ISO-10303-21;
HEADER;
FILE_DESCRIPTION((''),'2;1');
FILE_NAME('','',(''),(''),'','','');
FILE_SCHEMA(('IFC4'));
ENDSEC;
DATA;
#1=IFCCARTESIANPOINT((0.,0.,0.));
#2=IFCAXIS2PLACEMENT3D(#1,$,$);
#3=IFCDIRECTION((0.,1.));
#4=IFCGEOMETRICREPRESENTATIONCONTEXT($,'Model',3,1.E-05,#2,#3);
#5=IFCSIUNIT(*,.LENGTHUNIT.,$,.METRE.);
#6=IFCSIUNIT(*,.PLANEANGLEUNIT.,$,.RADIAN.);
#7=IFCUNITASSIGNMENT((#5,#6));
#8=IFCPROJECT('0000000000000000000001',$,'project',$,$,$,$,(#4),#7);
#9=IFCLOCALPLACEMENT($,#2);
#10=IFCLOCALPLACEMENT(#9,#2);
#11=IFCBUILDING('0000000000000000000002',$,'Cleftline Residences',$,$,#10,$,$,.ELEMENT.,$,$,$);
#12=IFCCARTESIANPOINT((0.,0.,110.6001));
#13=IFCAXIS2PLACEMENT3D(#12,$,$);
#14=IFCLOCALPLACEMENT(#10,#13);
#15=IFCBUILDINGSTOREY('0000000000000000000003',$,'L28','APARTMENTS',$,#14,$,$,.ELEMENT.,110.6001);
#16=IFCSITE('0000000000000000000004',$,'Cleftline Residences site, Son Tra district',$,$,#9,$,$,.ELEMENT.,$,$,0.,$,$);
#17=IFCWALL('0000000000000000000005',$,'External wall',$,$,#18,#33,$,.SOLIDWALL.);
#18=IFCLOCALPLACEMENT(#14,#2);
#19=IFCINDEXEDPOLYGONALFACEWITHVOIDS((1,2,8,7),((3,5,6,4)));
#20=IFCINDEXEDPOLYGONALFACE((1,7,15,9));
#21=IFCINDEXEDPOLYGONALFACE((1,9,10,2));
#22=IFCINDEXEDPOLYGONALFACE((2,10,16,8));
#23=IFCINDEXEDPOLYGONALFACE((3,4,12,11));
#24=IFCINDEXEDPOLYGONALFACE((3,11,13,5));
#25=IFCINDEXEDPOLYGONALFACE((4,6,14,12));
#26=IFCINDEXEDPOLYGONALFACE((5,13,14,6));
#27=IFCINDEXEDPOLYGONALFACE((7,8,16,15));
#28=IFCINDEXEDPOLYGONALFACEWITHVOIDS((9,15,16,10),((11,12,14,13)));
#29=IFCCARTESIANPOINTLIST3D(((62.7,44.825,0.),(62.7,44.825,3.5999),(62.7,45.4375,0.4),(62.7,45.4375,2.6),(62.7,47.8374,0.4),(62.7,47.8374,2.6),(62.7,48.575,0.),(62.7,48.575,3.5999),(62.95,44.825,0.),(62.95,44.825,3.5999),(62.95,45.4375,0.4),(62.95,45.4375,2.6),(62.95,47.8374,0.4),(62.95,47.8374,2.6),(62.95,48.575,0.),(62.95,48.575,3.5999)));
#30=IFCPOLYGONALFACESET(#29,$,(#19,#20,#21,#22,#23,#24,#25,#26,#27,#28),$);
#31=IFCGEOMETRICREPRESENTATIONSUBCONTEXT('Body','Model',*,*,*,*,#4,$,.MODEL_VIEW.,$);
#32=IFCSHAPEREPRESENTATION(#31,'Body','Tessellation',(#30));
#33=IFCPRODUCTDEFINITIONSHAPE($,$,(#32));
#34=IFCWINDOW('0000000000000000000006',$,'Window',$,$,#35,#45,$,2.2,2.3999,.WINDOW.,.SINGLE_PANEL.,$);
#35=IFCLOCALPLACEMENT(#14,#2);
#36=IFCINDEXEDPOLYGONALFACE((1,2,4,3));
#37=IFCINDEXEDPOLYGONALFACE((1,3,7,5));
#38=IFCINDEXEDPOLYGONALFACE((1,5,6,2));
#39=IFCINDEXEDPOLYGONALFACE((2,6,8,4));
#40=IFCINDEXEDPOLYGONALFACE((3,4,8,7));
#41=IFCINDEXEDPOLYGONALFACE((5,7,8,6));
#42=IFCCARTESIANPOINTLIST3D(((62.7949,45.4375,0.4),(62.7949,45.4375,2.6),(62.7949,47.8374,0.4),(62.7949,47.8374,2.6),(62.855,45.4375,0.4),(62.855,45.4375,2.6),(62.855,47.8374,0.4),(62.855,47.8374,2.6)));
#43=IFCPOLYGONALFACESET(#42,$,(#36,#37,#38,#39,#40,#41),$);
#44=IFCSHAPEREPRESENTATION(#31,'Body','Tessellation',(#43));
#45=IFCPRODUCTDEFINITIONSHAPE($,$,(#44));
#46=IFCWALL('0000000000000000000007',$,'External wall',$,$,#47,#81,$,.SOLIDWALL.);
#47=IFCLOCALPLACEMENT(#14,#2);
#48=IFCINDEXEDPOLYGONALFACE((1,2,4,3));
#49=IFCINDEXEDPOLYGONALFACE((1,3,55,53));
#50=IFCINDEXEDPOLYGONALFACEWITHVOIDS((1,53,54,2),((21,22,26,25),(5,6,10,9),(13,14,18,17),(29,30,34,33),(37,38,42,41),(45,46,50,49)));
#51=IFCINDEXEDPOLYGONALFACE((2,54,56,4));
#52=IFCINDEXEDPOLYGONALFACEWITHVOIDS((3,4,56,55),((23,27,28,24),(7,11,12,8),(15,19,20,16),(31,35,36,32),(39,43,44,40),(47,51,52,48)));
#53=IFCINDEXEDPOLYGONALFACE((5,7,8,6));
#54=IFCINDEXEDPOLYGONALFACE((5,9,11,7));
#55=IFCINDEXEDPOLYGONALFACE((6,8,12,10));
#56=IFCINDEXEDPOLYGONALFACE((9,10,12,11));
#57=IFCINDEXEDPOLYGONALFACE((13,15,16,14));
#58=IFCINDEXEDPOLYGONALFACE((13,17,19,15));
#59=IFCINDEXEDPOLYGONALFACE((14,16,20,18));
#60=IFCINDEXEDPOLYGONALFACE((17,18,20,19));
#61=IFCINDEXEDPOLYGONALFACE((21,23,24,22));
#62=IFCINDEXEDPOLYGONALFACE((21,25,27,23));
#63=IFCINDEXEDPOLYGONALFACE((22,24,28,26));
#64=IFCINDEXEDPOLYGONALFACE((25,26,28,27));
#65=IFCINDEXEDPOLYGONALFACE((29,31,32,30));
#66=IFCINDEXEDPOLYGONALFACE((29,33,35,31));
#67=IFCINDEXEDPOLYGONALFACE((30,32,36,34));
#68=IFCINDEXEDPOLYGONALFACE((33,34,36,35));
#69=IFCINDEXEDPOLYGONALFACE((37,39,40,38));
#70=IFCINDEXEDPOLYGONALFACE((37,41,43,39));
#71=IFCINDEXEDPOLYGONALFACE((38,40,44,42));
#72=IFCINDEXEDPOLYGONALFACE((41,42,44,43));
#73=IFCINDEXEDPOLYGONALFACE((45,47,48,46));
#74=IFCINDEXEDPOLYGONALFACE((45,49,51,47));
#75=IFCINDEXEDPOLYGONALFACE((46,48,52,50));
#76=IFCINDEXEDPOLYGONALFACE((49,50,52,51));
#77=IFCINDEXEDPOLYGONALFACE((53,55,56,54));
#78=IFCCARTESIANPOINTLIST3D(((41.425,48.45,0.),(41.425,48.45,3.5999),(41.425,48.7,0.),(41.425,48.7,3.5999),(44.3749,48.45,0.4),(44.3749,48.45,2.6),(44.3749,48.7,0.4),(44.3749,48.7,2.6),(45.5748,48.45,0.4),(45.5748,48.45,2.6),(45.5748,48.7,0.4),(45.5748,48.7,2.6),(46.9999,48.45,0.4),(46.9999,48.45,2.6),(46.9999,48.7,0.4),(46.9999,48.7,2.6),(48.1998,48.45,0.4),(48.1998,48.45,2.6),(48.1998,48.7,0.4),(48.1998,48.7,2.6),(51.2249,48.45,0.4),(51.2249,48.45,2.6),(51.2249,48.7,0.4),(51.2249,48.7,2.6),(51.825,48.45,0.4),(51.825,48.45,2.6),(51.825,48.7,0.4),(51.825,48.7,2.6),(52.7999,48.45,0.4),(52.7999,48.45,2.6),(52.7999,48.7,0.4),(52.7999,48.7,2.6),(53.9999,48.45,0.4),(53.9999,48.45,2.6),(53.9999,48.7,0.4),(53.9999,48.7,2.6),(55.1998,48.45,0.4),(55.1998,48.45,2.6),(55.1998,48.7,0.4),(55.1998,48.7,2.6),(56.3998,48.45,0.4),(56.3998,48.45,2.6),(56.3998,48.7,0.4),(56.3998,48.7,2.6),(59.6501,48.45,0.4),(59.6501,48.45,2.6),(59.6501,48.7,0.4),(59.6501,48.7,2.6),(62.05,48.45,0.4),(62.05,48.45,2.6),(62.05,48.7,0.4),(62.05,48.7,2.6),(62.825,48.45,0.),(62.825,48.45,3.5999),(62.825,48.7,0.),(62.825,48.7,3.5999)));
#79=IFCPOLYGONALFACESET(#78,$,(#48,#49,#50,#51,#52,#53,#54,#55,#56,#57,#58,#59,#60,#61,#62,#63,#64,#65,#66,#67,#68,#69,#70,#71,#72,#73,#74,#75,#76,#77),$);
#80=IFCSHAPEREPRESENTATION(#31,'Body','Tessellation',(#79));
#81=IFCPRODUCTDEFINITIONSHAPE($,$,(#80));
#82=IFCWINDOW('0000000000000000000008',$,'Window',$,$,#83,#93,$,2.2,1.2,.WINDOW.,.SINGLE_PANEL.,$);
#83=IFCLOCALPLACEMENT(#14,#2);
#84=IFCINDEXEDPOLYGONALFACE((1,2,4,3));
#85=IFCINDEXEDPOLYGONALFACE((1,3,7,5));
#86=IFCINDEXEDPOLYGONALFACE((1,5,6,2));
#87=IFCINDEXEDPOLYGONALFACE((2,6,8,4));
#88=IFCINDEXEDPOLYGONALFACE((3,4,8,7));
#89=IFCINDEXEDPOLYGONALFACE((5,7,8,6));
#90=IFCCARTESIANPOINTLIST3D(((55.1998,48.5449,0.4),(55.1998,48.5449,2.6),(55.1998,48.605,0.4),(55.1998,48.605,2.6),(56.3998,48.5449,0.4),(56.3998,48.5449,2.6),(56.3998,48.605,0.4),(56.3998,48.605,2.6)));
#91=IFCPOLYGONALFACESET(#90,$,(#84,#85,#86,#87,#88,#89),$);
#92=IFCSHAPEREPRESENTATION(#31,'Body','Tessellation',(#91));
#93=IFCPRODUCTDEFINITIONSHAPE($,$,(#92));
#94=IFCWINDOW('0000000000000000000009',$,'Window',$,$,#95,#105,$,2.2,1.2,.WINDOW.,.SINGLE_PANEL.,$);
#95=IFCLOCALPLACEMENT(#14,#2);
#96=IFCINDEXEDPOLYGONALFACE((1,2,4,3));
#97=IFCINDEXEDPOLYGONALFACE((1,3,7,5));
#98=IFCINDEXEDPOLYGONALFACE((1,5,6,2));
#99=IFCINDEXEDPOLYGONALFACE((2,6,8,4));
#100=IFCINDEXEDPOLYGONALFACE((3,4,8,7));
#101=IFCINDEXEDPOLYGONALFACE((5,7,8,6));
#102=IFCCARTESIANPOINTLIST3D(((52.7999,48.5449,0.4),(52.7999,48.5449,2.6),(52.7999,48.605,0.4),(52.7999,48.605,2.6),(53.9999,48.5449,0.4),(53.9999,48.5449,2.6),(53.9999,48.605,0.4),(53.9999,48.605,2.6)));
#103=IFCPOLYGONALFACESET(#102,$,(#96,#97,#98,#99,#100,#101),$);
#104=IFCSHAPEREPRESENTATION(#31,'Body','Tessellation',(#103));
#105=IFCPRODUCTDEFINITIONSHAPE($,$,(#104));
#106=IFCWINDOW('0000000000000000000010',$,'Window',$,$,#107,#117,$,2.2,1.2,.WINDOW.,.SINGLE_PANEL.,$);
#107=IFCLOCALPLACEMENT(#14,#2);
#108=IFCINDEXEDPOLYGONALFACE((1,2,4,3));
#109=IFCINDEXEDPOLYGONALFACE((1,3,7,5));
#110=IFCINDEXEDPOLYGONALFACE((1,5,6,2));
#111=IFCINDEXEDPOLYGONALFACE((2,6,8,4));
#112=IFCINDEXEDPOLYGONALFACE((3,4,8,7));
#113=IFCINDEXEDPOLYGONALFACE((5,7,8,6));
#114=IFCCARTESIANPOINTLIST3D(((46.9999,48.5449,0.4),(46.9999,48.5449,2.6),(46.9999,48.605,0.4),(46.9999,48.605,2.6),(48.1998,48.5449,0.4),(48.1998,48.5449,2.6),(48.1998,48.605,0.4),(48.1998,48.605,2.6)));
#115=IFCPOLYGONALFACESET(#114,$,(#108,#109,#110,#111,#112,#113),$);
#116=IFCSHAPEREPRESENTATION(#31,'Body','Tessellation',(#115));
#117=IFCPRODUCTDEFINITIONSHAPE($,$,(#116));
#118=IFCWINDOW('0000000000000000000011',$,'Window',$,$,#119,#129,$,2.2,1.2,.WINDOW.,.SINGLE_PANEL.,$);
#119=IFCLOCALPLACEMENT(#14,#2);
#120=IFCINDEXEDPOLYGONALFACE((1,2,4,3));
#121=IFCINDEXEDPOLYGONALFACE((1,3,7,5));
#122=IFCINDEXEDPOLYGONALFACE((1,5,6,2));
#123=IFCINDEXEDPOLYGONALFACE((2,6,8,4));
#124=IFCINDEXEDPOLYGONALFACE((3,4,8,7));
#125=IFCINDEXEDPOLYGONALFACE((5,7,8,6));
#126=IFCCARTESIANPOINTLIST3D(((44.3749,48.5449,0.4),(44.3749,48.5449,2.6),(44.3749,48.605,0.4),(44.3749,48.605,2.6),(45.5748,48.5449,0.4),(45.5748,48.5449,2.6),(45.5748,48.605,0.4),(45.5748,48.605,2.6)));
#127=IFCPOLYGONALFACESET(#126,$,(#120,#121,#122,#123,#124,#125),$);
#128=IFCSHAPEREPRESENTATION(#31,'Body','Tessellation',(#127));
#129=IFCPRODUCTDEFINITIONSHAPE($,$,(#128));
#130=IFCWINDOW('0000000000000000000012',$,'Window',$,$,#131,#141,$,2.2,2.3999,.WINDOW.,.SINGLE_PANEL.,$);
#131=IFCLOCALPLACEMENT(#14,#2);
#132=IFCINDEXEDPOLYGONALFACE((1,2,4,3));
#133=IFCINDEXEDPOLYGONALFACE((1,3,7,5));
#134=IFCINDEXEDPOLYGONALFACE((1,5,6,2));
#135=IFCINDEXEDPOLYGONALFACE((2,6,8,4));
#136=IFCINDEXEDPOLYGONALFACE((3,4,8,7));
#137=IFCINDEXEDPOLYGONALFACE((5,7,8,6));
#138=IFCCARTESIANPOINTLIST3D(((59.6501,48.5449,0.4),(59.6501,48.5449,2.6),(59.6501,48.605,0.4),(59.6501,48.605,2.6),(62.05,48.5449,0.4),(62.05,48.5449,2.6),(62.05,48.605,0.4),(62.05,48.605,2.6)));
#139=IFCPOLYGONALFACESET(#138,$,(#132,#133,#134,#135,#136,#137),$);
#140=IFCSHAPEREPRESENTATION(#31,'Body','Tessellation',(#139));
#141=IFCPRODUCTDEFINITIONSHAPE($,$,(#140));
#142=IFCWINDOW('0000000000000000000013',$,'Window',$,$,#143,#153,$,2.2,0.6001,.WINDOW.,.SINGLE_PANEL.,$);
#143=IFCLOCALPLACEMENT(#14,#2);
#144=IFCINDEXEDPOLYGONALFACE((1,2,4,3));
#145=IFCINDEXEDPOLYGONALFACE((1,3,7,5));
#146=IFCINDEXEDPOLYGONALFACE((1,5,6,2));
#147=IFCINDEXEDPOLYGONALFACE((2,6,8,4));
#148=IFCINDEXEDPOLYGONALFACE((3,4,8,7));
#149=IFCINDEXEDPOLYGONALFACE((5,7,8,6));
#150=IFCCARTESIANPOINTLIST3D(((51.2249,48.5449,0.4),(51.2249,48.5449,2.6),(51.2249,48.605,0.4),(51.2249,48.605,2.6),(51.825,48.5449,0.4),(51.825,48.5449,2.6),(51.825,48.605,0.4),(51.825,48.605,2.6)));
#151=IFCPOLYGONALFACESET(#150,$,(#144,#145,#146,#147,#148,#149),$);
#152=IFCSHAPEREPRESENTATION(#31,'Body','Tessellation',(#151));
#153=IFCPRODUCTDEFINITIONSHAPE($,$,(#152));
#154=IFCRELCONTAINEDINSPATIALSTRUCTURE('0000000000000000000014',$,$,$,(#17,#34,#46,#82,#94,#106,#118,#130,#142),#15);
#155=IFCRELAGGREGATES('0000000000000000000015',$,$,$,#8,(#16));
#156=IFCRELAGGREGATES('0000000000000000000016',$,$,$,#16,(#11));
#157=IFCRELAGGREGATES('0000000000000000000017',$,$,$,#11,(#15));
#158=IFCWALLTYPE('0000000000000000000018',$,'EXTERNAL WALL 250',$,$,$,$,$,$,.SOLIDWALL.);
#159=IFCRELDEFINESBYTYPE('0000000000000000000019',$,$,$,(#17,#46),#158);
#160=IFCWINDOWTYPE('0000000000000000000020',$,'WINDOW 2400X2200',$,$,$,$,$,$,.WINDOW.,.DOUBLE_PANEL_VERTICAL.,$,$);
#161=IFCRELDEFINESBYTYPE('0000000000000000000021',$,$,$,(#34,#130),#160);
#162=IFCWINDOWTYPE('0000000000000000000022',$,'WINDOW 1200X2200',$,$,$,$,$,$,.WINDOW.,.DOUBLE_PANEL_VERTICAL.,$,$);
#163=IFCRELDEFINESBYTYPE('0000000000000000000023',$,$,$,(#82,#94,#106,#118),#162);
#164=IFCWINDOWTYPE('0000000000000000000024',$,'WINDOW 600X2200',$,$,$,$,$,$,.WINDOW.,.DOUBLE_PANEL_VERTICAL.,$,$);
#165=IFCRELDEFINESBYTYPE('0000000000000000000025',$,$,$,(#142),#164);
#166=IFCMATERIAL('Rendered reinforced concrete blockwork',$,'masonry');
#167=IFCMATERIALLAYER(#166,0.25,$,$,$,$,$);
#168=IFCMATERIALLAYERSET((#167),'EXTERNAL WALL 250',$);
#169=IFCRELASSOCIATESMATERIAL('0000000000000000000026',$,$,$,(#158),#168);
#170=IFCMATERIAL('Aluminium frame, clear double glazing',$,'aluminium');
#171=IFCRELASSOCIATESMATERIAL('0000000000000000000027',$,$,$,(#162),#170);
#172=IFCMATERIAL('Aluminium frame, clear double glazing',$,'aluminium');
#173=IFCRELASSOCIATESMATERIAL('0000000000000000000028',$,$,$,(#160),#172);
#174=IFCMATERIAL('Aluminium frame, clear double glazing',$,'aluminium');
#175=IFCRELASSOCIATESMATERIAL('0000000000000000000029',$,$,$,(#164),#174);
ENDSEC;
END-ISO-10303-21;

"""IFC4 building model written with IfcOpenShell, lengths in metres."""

from ifc_helpers import new_model, si_unit, direction, frame, frame_2d, origin, place, context, subcontext, project, spatial, rectangle, extrude, material, layer, layer_set, type_object, element, fill, save


model = new_model("IFC4")

# Units and contexts
model_context = context("Model", 3, precision=1e-05, world=origin(), true_north=direction((0.0, 1.0)))
body_context = subcontext(model_context, "Body", "Model", "MODEL_VIEW")
ifc_project = project(units=[si_unit("LENGTHUNIT", "METRE"), si_unit("PLANEANGLEUNIT", "RADIAN")], contexts=[model_context])

# Site, building, storey
site_placement = place(None, origin())
site = spatial("IfcSite", under=ifc_project, at=site_placement, Name="Cleftline Residences site, Son Tra district", CompositionType="ELEMENT", RefElevation=0.0)
building_placement = place(site_placement, origin())
building = spatial("IfcBuilding", under=site, at=building_placement, Name="Cleftline Residences", CompositionType="ELEMENT")
storey_placement = place(building_placement, frame((0.0, 0.0, 110.6001)))
storey = spatial("IfcBuildingStorey", under=building, at=storey_placement, Name="L28", Description="APARTMENTS", CompositionType="ELEMENT", Elevation=110.6001)

# Shared definitions
ifc_material_1 = material(Name="Rendered reinforced concrete blockwork", Category="masonry")
ifc_layer_1 = layer(ifc_material_1, 0.25)
ifc_layer_set_1 = layer_set([ifc_layer_1], Name="EXTERNAL WALL 250")
wall_type_1 = type_object("IfcWallType", Name="EXTERNAL WALL 250", PredefinedType="SOLIDWALL", material=ifc_layer_set_1)
ifc_material_2 = material(Name="Aluminium frame, clear double glazing", Category="aluminium")
window_type_1 = type_object("IfcWindowType", Name="WINDOW 1200X2200", PartitioningType="DOUBLE_PANEL_VERTICAL", PredefinedType="WINDOW", material=ifc_material_2)

# Wall, opening, window
wall_1_placement = place(storey_placement, frame((62.825, 44.825, 0.0), z_axis=(0.0, 0.0, 1.0), x_axis=(0.0, 1.0, 0.0)))
wall_1 = element("IfcWall", 1, at=wall_1_placement, inside=storey, type_object=wall_type_1, Name="External wall", PredefinedType="SOLIDWALL", context=body_context, shape_type="SweptSolid", body=[
    extrude(rectangle(XDim=3.75, YDim=0.25, at=frame_2d((1.875, 0.0))), origin(), (0.0, 0.0, 1.0), 3.5999),
])
opening_1_placement = place(wall_1_placement, frame((0.6125, 0.0, 0.3999)))
opening_1 = element("IfcOpeningElement", 2, at=opening_1_placement, cuts=wall_1, PredefinedType="OPENING", context=body_context, shape_type="SweptSolid", body=[
    extrude(rectangle(XDim=2.3999, YDim=2.2, at=frame_2d((1.2, 1.1001))), frame((0.0, 0.135, 0.0), z_axis=(0.0, -1.0, 0.0), x_axis=(1.0, 0.0, 0.0)), (0.0, 0.0, 1.0), 0.27),
])
ifc_material_3 = material(Name="Aluminium frame, clear double glazing", Category="aluminium")
window_type_2 = type_object("IfcWindowType", Name="WINDOW 2400X2200", PartitioningType="DOUBLE_PANEL_VERTICAL", PredefinedType="WINDOW", material=ifc_material_3)
window_1_placement = place(opening_1_placement, origin())
window_1 = element("IfcWindow", 3, at=window_1_placement, inside=storey, type_object=window_type_2, Name="Window", OverallHeight=2.2, OverallWidth=2.3999, PartitioningType="SINGLE_PANEL", PredefinedType="WINDOW", context=body_context, shape_type="SweptSolid", body=[
    extrude(rectangle(XDim=2.3999, YDim=2.2, at=frame_2d((1.2, 1.1001))), frame((0.0, 0.03, 0.0), z_axis=(0.0, -1.0, 0.0), x_axis=(1.0, 0.0, 0.0)), (0.0, 0.0, 1.0), 0.0601),
])
fill(opening_1, window_1)

# Wall, openings, windows
wall_2_placement = place(storey_placement, frame((62.825, 48.575, 0.0), z_axis=(0.0, 0.0, 1.0), x_axis=(-1.0, 0.0, 0.0)))
wall_2 = element("IfcWall", 4, at=wall_2_placement, inside=storey, type_object=wall_type_1, Name="External wall", PredefinedType="SOLIDWALL", context=body_context, shape_type="SweptSolid", body=[
    extrude(rectangle(XDim=21.3999, YDim=0.25, at=frame_2d((10.7, 0.0))), origin(), (0.0, 0.0, 1.0), 3.5999),
])
opening_2_placement = place(wall_2_placement, frame((0.7749, 0.0, 0.3999)))
opening_2 = element("IfcOpeningElement", 5, at=opening_2_placement, cuts=wall_2, PredefinedType="OPENING", context=body_context, shape_type="SweptSolid", body=[
    extrude(rectangle(XDim=2.3999, YDim=2.2, at=frame_2d((1.2, 1.1001))), frame((0.0, 0.135, 0.0), z_axis=(0.0, -1.0, 0.0), x_axis=(1.0, 0.0, 0.0)), (0.0, 0.0, 1.0), 0.27),
])
opening_3_placement = place(wall_2_placement, frame((6.425, 0.0, 0.3999)))
opening_3 = element("IfcOpeningElement", 6, at=opening_3_placement, cuts=wall_2, PredefinedType="OPENING", context=body_context, shape_type="SweptSolid", body=[
    extrude(rectangle(XDim=1.2, YDim=2.2, at=frame_2d((0.6001, 1.1001))), frame((0.0, 0.135, 0.0), z_axis=(0.0, -1.0, 0.0), x_axis=(1.0, 0.0, 0.0)), (0.0, 0.0, 1.0), 0.27),
])
opening_4_placement = place(wall_2_placement, frame((8.825, 0.0, 0.3999)))
opening_4 = element("IfcOpeningElement", 7, at=opening_4_placement, cuts=wall_2, PredefinedType="OPENING", context=body_context, shape_type="SweptSolid", body=[
    extrude(rectangle(XDim=1.2, YDim=2.2, at=frame_2d((0.6001, 1.1001))), frame((0.0, 0.135, 0.0), z_axis=(0.0, -1.0, 0.0), x_axis=(1.0, 0.0, 0.0)), (0.0, 0.0, 1.0), 0.27),
])
opening_5_placement = place(wall_2_placement, frame((11.0, 0.0, 0.3999)))
opening_5 = element("IfcOpeningElement", 8, at=opening_5_placement, cuts=wall_2, PredefinedType="OPENING", context=body_context, shape_type="SweptSolid", body=[
    extrude(rectangle(XDim=0.6001, YDim=2.2, at=frame_2d((0.3, 1.1001))), frame((0.0, 0.135, 0.0), z_axis=(0.0, -1.0, 0.0), x_axis=(1.0, 0.0, 0.0)), (0.0, 0.0, 1.0), 0.27),
])
opening_6_placement = place(wall_2_placement, frame((14.625, 0.0, 0.3999)))
opening_6 = element("IfcOpeningElement", 9, at=opening_6_placement, cuts=wall_2, PredefinedType="OPENING", context=body_context, shape_type="SweptSolid", body=[
    extrude(rectangle(XDim=1.2, YDim=2.2, at=frame_2d((0.6001, 1.1001))), frame((0.0, 0.135, 0.0), z_axis=(0.0, -1.0, 0.0), x_axis=(1.0, 0.0, 0.0)), (0.0, 0.0, 1.0), 0.27),
])
opening_7_placement = place(wall_2_placement, frame((17.25, 0.0, 0.3999)))
opening_7 = element("IfcOpeningElement", 10, at=opening_7_placement, cuts=wall_2, PredefinedType="OPENING", context=body_context, shape_type="SweptSolid", body=[
    extrude(rectangle(XDim=1.2, YDim=2.2, at=frame_2d((0.6001, 1.1001))), frame((0.0, 0.135, 0.0), z_axis=(0.0, -1.0, 0.0), x_axis=(1.0, 0.0, 0.0)), (0.0, 0.0, 1.0), 0.27),
])
window_2_placement = place(opening_3_placement, origin())
window_2 = element("IfcWindow", 11, at=window_2_placement, inside=storey, type_object=window_type_1, Name="Window", OverallHeight=2.2, OverallWidth=1.2, PartitioningType="SINGLE_PANEL", PredefinedType="WINDOW", context=body_context, shape_type="SweptSolid", body=[
    extrude(rectangle(XDim=1.2, YDim=2.2, at=frame_2d((0.6001, 1.1001))), frame((0.0, 0.03, 0.0), z_axis=(0.0, -1.0, 0.0), x_axis=(1.0, 0.0, 0.0)), (0.0, 0.0, 1.0), 0.0601),
])
fill(opening_3, window_2)
window_3_placement = place(opening_4_placement, origin())
window_3 = element("IfcWindow", 12, at=window_3_placement, inside=storey, type_object=window_type_1, Name="Window", OverallHeight=2.2, OverallWidth=1.2, PartitioningType="SINGLE_PANEL", PredefinedType="WINDOW", context=body_context, shape_type="SweptSolid", body=[
    extrude(rectangle(XDim=1.2, YDim=2.2, at=frame_2d((0.6001, 1.1001))), frame((0.0, 0.03, 0.0), z_axis=(0.0, -1.0, 0.0), x_axis=(1.0, 0.0, 0.0)), (0.0, 0.0, 1.0), 0.0601),
])
fill(opening_4, window_3)
window_4_placement = place(opening_6_placement, origin())
window_4 = element("IfcWindow", 13, at=window_4_placement, inside=storey, type_object=window_type_1, Name="Window", OverallHeight=2.2, OverallWidth=1.2, PartitioningType="SINGLE_PANEL", PredefinedType="WINDOW", context=body_context, shape_type="SweptSolid", body=[
    extrude(rectangle(XDim=1.2, YDim=2.2, at=frame_2d((0.6001, 1.1001))), frame((0.0, 0.03, 0.0), z_axis=(0.0, -1.0, 0.0), x_axis=(1.0, 0.0, 0.0)), (0.0, 0.0, 1.0), 0.0601),
])
fill(opening_6, window_4)
window_5_placement = place(opening_7_placement, origin())
window_5 = element("IfcWindow", 14, at=window_5_placement, inside=storey, type_object=window_type_1, Name="Window", OverallHeight=2.2, OverallWidth=1.2, PartitioningType="SINGLE_PANEL", PredefinedType="WINDOW", context=body_context, shape_type="SweptSolid", body=[
    extrude(rectangle(XDim=1.2, YDim=2.2, at=frame_2d((0.6001, 1.1001))), frame((0.0, 0.03, 0.0), z_axis=(0.0, -1.0, 0.0), x_axis=(1.0, 0.0, 0.0)), (0.0, 0.0, 1.0), 0.0601),
])
fill(opening_7, window_5)
window_6_placement = place(opening_2_placement, origin())
window_6 = element("IfcWindow", 15, at=window_6_placement, inside=storey, type_object=window_type_2, Name="Window", OverallHeight=2.2, OverallWidth=2.3999, PartitioningType="SINGLE_PANEL", PredefinedType="WINDOW", context=body_context, shape_type="SweptSolid", body=[
    extrude(rectangle(XDim=2.3999, YDim=2.2, at=frame_2d((1.2, 1.1001))), frame((0.0, 0.03, 0.0), z_axis=(0.0, -1.0, 0.0), x_axis=(1.0, 0.0, 0.0)), (0.0, 0.0, 1.0), 0.0601),
])
fill(opening_2, window_6)
ifc_material_4 = material(Name="Aluminium frame, clear double glazing", Category="aluminium")
window_type_3 = type_object("IfcWindowType", Name="WINDOW 600X2200", PartitioningType="DOUBLE_PANEL_VERTICAL", PredefinedType="WINDOW", material=ifc_material_4)
window_7_placement = place(opening_5_placement, origin())
window_7 = element("IfcWindow", 16, at=window_7_placement, inside=storey, type_object=window_type_3, Name="Window", OverallHeight=2.2, OverallWidth=0.6001, PartitioningType="SINGLE_PANEL", PredefinedType="WINDOW", context=body_context, shape_type="SweptSolid", body=[
    extrude(rectangle(XDim=0.6001, YDim=2.2, at=frame_2d((0.3, 1.1001))), frame((0.0, 0.03, 0.0), z_axis=(0.0, -1.0, 0.0), x_axis=(1.0, 0.0, 0.0)), (0.0, 0.0, 1.0), 0.0601),
])
fill(opening_5, window_7)

save(model, "model.ifc")
